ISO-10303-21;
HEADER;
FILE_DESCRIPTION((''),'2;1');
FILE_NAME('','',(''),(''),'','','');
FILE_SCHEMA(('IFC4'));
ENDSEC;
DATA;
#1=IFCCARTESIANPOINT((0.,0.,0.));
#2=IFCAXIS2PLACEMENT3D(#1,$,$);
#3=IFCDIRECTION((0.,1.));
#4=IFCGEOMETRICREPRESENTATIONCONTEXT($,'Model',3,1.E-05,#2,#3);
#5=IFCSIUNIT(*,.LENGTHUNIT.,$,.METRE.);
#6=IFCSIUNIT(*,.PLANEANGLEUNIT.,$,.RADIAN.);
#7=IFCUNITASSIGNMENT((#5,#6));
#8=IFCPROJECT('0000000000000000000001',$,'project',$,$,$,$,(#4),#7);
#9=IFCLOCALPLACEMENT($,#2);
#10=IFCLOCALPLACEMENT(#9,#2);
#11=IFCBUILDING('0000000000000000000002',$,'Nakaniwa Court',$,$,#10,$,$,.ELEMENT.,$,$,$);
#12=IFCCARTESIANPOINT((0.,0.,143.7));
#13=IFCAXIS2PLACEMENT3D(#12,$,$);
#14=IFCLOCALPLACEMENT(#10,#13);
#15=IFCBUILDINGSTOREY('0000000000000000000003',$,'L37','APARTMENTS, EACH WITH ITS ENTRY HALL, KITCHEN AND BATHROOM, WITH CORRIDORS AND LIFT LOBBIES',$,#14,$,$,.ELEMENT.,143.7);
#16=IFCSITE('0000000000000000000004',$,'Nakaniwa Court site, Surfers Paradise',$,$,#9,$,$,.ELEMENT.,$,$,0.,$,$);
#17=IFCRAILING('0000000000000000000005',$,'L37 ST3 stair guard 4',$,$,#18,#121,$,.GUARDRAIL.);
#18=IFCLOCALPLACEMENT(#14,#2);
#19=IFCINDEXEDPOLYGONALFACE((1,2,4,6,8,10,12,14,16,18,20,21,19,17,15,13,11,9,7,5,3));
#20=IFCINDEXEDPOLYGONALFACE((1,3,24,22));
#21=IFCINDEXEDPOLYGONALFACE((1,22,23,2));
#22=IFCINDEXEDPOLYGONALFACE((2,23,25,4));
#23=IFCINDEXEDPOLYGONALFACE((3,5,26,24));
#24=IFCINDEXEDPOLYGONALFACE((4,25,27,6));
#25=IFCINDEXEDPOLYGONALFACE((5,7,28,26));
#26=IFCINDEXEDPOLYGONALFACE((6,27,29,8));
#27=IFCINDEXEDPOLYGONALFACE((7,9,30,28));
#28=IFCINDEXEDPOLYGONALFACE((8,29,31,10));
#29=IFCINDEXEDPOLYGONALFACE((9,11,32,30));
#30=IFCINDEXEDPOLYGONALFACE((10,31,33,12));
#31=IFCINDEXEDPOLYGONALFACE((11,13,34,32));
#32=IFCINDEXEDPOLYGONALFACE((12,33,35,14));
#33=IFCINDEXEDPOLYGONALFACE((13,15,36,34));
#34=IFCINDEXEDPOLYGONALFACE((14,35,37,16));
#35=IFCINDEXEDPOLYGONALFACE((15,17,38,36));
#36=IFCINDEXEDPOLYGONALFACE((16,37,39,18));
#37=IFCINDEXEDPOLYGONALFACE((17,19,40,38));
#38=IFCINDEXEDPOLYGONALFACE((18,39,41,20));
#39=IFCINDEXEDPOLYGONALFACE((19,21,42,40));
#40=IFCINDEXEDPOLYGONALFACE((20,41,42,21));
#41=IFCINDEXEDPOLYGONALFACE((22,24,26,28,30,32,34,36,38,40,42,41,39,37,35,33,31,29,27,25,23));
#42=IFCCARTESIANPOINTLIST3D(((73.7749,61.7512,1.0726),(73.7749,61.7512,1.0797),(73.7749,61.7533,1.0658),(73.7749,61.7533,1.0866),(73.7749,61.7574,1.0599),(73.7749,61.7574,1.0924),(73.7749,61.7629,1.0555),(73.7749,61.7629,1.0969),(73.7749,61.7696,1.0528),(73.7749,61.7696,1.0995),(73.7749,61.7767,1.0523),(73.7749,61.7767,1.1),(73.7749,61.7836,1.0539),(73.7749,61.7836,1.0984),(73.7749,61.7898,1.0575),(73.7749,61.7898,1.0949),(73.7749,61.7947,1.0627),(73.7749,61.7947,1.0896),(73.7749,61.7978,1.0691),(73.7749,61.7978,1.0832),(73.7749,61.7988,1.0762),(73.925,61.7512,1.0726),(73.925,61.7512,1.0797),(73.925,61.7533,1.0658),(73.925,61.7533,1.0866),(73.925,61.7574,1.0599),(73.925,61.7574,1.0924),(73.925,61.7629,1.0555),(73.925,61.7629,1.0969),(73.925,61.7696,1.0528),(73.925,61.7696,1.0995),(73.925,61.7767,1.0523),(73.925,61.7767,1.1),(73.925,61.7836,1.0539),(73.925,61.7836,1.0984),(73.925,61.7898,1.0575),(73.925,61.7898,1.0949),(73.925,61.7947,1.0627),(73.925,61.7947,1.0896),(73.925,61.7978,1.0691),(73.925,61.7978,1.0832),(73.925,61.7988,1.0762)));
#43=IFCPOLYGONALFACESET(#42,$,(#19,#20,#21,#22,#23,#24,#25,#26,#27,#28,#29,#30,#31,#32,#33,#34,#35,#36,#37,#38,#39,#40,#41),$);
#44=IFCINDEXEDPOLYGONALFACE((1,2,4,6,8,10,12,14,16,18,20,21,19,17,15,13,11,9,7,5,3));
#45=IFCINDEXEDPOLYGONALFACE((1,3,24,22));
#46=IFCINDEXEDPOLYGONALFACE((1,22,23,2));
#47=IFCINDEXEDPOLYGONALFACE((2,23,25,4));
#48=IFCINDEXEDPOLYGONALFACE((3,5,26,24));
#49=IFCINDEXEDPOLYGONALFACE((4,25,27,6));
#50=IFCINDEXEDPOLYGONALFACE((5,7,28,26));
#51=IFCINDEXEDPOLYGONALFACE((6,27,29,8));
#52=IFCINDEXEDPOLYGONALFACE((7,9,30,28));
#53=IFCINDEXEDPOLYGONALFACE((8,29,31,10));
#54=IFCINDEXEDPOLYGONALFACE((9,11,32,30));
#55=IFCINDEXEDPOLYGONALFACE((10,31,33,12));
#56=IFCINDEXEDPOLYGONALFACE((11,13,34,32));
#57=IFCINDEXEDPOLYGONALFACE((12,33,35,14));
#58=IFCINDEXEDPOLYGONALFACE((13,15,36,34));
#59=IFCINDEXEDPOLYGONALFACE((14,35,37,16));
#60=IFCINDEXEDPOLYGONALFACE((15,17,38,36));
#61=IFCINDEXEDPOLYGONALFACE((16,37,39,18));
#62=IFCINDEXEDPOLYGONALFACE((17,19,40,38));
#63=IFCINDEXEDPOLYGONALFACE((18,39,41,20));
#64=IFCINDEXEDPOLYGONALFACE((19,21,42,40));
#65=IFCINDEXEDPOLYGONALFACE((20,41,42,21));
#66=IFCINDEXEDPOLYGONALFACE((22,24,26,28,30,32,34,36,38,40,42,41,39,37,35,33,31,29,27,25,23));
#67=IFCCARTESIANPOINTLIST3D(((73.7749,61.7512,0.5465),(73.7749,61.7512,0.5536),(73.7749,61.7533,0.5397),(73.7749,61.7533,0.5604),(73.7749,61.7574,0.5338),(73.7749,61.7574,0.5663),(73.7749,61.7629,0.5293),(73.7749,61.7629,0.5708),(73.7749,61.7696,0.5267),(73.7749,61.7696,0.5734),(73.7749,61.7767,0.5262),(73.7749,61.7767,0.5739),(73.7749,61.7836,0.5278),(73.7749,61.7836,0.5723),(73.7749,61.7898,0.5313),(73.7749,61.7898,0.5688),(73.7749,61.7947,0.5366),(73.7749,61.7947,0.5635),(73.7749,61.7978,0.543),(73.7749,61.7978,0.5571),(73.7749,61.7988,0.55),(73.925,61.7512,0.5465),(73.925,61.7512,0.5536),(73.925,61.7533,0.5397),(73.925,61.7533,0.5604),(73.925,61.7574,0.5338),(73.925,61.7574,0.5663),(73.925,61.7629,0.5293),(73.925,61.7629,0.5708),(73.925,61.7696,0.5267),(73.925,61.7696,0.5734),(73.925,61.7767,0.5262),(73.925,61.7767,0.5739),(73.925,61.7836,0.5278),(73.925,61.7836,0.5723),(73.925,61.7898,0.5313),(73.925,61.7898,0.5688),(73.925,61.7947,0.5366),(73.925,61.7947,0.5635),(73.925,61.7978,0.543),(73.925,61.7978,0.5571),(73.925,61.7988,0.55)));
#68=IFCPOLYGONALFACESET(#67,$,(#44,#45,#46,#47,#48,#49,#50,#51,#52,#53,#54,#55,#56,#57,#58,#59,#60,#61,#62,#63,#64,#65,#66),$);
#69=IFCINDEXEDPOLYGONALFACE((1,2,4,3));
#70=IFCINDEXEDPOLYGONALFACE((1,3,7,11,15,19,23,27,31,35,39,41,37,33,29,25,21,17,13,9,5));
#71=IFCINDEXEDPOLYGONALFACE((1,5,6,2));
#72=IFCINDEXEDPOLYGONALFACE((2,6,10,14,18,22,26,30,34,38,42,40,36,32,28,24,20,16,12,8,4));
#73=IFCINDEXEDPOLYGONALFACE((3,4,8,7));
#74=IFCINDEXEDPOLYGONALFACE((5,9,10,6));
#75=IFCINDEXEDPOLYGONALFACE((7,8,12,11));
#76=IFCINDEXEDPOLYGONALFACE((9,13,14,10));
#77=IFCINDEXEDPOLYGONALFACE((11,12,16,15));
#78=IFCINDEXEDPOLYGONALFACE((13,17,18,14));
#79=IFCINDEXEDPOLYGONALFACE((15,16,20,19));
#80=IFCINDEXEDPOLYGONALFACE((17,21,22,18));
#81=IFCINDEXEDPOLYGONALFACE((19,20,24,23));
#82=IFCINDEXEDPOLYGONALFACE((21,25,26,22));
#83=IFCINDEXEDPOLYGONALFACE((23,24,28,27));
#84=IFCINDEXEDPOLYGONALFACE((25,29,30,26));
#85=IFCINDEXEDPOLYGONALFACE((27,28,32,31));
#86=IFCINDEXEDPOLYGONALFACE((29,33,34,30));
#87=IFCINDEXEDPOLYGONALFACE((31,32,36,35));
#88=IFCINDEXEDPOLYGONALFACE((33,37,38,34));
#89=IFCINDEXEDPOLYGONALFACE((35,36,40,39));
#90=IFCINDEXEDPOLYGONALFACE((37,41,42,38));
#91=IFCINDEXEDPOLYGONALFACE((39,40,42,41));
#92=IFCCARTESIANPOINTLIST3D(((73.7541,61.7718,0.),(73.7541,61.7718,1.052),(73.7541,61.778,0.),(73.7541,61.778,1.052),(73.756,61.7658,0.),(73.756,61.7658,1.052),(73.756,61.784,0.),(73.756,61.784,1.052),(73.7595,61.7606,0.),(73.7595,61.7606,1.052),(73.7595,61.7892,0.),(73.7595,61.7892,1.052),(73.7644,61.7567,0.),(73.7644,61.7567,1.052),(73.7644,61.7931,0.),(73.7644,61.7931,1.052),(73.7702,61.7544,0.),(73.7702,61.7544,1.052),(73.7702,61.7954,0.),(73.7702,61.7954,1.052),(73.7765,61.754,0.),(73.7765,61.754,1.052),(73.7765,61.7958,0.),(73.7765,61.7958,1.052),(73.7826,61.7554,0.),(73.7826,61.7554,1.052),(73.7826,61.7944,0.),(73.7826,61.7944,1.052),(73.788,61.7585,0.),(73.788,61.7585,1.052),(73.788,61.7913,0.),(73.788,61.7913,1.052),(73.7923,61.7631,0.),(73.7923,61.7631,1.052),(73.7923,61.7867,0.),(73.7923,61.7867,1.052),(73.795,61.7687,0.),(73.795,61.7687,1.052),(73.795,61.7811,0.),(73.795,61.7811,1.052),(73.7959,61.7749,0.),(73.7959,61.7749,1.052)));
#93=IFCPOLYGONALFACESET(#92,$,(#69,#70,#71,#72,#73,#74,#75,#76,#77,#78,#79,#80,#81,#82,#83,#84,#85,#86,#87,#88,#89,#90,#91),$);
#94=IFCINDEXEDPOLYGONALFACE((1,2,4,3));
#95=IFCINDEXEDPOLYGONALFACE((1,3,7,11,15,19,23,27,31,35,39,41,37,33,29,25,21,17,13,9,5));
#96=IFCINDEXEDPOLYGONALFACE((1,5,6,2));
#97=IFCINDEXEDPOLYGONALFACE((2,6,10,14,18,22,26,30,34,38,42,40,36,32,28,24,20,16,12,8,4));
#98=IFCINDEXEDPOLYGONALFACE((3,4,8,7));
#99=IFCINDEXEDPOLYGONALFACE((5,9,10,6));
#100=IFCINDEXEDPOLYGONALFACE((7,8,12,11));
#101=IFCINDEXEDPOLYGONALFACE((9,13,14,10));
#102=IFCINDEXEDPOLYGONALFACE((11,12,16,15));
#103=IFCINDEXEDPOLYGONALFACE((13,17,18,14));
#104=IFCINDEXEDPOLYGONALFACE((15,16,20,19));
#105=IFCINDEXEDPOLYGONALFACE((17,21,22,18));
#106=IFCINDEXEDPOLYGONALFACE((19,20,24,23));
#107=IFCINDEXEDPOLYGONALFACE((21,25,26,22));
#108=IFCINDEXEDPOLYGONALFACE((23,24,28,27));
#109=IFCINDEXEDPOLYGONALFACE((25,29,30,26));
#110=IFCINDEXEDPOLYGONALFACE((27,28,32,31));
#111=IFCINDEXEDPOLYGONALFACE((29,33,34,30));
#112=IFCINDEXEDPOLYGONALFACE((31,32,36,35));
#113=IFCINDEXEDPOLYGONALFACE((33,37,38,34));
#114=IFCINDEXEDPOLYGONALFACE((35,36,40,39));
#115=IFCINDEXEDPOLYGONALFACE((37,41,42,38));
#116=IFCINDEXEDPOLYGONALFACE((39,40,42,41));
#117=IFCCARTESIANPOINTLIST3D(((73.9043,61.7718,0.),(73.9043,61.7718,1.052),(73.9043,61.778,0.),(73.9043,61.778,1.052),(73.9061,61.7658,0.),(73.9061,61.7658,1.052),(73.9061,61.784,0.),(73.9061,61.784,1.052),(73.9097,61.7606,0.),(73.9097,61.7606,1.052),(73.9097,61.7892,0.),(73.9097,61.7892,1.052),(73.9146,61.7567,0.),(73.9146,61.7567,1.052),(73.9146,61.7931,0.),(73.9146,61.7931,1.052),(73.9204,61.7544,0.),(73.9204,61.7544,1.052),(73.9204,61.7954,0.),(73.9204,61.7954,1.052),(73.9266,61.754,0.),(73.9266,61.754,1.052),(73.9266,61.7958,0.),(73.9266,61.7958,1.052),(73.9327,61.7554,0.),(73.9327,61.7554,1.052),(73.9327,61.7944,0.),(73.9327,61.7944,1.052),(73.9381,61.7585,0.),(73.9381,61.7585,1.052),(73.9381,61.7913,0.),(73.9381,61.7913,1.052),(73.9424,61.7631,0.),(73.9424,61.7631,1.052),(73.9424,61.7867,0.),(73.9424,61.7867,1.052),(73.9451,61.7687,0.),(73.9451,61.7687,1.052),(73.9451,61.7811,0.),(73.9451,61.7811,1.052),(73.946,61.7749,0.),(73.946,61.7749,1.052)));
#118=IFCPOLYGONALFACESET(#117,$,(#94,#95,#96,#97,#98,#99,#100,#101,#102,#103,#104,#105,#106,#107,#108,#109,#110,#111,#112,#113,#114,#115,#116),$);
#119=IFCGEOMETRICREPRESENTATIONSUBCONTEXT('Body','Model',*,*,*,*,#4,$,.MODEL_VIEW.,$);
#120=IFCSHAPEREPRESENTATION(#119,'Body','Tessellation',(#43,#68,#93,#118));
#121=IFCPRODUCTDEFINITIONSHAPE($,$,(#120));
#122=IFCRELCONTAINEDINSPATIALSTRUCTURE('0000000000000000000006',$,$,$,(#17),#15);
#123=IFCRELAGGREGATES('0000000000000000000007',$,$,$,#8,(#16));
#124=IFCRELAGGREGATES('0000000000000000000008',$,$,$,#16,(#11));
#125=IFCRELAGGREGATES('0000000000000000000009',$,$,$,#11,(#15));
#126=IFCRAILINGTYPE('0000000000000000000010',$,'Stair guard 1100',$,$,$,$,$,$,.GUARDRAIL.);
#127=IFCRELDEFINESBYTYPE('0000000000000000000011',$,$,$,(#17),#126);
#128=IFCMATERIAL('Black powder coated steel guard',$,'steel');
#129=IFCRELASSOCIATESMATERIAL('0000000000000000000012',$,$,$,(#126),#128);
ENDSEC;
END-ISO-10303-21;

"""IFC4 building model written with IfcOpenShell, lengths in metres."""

from ifc_helpers import new_model, si_unit, direction, frame, origin, origin_2d, place, context, subcontext, project, spatial, circle, extrude, material, type_object, element, save


model = new_model("IFC4")

# Units and contexts
model_context = context("Model", 3, precision=1e-05, world=origin(), true_north=direction((0.0, 1.0)))
body_context = subcontext(model_context, "Body", "Model", "MODEL_VIEW")
ifc_project = project(units=[si_unit("LENGTHUNIT", "METRE"), si_unit("PLANEANGLEUNIT", "RADIAN")], contexts=[model_context])

# Site, building, storey
site_placement = place(None, origin())
site = spatial("IfcSite", under=ifc_project, at=site_placement, Name="Nakaniwa Court site, Surfers Paradise", CompositionType="ELEMENT", RefElevation=0.0)
building_placement = place(site_placement, origin())
building = spatial("IfcBuilding", under=site, at=building_placement, Name="Nakaniwa Court", CompositionType="ELEMENT")
storey_placement = place(building_placement, frame((0.0, 0.0, 143.7)))
storey = spatial("IfcBuildingStorey", under=building, at=storey_placement, Name="L37", Description="APARTMENTS, EACH WITH ITS ENTRY HALL, KITCHEN AND BATHROOM, WITH CORRIDORS AND LIFT LOBBIES", CompositionType="ELEMENT", Elevation=143.7)

# Railing
ifc_material_1 = material(Name="Black powder coated steel guard", Category="steel")
railing_type_1 = type_object("IfcRailingType", Name="Stair guard 1100", PredefinedType="GUARDRAIL", material=ifc_material_1)
railing_1_placement = place(storey_placement, frame((73.7749, 61.7749, 0.0)))
element("IfcRailing", 1, at=railing_1_placement, inside=storey, type_object=railing_type_1, Name="L37 ST3 stair guard 4", PredefinedType="GUARDRAIL", context=body_context, shape_type="SweptSolid", body=[
    extrude(circle(Radius=0.0239, at=origin_2d()), frame((0.0, 0.0, 1.0762), z_axis=(1.0, 0.0, 0.0), x_axis=(0.0, 1.0, 0.0)), (0.0, 0.0, 1.0), 0.1501),
    extrude(circle(Radius=0.0239, at=origin_2d()), frame((0.0, 0.0, 0.55), z_axis=(1.0, 0.0, 0.0), x_axis=(0.0, 1.0, 0.0)), (0.0, 0.0, 1.0), 0.1501),
    extrude(circle(Radius=0.021, at=origin_2d()), origin(), (0.0, 0.0, 1.0), 1.052),
    extrude(circle(Radius=0.021, at=origin_2d()), frame((0.1501, 0.0, 0.0)), (0.0, 0.0, 1.0), 1.052),
])

save(model, "model.ifc")
